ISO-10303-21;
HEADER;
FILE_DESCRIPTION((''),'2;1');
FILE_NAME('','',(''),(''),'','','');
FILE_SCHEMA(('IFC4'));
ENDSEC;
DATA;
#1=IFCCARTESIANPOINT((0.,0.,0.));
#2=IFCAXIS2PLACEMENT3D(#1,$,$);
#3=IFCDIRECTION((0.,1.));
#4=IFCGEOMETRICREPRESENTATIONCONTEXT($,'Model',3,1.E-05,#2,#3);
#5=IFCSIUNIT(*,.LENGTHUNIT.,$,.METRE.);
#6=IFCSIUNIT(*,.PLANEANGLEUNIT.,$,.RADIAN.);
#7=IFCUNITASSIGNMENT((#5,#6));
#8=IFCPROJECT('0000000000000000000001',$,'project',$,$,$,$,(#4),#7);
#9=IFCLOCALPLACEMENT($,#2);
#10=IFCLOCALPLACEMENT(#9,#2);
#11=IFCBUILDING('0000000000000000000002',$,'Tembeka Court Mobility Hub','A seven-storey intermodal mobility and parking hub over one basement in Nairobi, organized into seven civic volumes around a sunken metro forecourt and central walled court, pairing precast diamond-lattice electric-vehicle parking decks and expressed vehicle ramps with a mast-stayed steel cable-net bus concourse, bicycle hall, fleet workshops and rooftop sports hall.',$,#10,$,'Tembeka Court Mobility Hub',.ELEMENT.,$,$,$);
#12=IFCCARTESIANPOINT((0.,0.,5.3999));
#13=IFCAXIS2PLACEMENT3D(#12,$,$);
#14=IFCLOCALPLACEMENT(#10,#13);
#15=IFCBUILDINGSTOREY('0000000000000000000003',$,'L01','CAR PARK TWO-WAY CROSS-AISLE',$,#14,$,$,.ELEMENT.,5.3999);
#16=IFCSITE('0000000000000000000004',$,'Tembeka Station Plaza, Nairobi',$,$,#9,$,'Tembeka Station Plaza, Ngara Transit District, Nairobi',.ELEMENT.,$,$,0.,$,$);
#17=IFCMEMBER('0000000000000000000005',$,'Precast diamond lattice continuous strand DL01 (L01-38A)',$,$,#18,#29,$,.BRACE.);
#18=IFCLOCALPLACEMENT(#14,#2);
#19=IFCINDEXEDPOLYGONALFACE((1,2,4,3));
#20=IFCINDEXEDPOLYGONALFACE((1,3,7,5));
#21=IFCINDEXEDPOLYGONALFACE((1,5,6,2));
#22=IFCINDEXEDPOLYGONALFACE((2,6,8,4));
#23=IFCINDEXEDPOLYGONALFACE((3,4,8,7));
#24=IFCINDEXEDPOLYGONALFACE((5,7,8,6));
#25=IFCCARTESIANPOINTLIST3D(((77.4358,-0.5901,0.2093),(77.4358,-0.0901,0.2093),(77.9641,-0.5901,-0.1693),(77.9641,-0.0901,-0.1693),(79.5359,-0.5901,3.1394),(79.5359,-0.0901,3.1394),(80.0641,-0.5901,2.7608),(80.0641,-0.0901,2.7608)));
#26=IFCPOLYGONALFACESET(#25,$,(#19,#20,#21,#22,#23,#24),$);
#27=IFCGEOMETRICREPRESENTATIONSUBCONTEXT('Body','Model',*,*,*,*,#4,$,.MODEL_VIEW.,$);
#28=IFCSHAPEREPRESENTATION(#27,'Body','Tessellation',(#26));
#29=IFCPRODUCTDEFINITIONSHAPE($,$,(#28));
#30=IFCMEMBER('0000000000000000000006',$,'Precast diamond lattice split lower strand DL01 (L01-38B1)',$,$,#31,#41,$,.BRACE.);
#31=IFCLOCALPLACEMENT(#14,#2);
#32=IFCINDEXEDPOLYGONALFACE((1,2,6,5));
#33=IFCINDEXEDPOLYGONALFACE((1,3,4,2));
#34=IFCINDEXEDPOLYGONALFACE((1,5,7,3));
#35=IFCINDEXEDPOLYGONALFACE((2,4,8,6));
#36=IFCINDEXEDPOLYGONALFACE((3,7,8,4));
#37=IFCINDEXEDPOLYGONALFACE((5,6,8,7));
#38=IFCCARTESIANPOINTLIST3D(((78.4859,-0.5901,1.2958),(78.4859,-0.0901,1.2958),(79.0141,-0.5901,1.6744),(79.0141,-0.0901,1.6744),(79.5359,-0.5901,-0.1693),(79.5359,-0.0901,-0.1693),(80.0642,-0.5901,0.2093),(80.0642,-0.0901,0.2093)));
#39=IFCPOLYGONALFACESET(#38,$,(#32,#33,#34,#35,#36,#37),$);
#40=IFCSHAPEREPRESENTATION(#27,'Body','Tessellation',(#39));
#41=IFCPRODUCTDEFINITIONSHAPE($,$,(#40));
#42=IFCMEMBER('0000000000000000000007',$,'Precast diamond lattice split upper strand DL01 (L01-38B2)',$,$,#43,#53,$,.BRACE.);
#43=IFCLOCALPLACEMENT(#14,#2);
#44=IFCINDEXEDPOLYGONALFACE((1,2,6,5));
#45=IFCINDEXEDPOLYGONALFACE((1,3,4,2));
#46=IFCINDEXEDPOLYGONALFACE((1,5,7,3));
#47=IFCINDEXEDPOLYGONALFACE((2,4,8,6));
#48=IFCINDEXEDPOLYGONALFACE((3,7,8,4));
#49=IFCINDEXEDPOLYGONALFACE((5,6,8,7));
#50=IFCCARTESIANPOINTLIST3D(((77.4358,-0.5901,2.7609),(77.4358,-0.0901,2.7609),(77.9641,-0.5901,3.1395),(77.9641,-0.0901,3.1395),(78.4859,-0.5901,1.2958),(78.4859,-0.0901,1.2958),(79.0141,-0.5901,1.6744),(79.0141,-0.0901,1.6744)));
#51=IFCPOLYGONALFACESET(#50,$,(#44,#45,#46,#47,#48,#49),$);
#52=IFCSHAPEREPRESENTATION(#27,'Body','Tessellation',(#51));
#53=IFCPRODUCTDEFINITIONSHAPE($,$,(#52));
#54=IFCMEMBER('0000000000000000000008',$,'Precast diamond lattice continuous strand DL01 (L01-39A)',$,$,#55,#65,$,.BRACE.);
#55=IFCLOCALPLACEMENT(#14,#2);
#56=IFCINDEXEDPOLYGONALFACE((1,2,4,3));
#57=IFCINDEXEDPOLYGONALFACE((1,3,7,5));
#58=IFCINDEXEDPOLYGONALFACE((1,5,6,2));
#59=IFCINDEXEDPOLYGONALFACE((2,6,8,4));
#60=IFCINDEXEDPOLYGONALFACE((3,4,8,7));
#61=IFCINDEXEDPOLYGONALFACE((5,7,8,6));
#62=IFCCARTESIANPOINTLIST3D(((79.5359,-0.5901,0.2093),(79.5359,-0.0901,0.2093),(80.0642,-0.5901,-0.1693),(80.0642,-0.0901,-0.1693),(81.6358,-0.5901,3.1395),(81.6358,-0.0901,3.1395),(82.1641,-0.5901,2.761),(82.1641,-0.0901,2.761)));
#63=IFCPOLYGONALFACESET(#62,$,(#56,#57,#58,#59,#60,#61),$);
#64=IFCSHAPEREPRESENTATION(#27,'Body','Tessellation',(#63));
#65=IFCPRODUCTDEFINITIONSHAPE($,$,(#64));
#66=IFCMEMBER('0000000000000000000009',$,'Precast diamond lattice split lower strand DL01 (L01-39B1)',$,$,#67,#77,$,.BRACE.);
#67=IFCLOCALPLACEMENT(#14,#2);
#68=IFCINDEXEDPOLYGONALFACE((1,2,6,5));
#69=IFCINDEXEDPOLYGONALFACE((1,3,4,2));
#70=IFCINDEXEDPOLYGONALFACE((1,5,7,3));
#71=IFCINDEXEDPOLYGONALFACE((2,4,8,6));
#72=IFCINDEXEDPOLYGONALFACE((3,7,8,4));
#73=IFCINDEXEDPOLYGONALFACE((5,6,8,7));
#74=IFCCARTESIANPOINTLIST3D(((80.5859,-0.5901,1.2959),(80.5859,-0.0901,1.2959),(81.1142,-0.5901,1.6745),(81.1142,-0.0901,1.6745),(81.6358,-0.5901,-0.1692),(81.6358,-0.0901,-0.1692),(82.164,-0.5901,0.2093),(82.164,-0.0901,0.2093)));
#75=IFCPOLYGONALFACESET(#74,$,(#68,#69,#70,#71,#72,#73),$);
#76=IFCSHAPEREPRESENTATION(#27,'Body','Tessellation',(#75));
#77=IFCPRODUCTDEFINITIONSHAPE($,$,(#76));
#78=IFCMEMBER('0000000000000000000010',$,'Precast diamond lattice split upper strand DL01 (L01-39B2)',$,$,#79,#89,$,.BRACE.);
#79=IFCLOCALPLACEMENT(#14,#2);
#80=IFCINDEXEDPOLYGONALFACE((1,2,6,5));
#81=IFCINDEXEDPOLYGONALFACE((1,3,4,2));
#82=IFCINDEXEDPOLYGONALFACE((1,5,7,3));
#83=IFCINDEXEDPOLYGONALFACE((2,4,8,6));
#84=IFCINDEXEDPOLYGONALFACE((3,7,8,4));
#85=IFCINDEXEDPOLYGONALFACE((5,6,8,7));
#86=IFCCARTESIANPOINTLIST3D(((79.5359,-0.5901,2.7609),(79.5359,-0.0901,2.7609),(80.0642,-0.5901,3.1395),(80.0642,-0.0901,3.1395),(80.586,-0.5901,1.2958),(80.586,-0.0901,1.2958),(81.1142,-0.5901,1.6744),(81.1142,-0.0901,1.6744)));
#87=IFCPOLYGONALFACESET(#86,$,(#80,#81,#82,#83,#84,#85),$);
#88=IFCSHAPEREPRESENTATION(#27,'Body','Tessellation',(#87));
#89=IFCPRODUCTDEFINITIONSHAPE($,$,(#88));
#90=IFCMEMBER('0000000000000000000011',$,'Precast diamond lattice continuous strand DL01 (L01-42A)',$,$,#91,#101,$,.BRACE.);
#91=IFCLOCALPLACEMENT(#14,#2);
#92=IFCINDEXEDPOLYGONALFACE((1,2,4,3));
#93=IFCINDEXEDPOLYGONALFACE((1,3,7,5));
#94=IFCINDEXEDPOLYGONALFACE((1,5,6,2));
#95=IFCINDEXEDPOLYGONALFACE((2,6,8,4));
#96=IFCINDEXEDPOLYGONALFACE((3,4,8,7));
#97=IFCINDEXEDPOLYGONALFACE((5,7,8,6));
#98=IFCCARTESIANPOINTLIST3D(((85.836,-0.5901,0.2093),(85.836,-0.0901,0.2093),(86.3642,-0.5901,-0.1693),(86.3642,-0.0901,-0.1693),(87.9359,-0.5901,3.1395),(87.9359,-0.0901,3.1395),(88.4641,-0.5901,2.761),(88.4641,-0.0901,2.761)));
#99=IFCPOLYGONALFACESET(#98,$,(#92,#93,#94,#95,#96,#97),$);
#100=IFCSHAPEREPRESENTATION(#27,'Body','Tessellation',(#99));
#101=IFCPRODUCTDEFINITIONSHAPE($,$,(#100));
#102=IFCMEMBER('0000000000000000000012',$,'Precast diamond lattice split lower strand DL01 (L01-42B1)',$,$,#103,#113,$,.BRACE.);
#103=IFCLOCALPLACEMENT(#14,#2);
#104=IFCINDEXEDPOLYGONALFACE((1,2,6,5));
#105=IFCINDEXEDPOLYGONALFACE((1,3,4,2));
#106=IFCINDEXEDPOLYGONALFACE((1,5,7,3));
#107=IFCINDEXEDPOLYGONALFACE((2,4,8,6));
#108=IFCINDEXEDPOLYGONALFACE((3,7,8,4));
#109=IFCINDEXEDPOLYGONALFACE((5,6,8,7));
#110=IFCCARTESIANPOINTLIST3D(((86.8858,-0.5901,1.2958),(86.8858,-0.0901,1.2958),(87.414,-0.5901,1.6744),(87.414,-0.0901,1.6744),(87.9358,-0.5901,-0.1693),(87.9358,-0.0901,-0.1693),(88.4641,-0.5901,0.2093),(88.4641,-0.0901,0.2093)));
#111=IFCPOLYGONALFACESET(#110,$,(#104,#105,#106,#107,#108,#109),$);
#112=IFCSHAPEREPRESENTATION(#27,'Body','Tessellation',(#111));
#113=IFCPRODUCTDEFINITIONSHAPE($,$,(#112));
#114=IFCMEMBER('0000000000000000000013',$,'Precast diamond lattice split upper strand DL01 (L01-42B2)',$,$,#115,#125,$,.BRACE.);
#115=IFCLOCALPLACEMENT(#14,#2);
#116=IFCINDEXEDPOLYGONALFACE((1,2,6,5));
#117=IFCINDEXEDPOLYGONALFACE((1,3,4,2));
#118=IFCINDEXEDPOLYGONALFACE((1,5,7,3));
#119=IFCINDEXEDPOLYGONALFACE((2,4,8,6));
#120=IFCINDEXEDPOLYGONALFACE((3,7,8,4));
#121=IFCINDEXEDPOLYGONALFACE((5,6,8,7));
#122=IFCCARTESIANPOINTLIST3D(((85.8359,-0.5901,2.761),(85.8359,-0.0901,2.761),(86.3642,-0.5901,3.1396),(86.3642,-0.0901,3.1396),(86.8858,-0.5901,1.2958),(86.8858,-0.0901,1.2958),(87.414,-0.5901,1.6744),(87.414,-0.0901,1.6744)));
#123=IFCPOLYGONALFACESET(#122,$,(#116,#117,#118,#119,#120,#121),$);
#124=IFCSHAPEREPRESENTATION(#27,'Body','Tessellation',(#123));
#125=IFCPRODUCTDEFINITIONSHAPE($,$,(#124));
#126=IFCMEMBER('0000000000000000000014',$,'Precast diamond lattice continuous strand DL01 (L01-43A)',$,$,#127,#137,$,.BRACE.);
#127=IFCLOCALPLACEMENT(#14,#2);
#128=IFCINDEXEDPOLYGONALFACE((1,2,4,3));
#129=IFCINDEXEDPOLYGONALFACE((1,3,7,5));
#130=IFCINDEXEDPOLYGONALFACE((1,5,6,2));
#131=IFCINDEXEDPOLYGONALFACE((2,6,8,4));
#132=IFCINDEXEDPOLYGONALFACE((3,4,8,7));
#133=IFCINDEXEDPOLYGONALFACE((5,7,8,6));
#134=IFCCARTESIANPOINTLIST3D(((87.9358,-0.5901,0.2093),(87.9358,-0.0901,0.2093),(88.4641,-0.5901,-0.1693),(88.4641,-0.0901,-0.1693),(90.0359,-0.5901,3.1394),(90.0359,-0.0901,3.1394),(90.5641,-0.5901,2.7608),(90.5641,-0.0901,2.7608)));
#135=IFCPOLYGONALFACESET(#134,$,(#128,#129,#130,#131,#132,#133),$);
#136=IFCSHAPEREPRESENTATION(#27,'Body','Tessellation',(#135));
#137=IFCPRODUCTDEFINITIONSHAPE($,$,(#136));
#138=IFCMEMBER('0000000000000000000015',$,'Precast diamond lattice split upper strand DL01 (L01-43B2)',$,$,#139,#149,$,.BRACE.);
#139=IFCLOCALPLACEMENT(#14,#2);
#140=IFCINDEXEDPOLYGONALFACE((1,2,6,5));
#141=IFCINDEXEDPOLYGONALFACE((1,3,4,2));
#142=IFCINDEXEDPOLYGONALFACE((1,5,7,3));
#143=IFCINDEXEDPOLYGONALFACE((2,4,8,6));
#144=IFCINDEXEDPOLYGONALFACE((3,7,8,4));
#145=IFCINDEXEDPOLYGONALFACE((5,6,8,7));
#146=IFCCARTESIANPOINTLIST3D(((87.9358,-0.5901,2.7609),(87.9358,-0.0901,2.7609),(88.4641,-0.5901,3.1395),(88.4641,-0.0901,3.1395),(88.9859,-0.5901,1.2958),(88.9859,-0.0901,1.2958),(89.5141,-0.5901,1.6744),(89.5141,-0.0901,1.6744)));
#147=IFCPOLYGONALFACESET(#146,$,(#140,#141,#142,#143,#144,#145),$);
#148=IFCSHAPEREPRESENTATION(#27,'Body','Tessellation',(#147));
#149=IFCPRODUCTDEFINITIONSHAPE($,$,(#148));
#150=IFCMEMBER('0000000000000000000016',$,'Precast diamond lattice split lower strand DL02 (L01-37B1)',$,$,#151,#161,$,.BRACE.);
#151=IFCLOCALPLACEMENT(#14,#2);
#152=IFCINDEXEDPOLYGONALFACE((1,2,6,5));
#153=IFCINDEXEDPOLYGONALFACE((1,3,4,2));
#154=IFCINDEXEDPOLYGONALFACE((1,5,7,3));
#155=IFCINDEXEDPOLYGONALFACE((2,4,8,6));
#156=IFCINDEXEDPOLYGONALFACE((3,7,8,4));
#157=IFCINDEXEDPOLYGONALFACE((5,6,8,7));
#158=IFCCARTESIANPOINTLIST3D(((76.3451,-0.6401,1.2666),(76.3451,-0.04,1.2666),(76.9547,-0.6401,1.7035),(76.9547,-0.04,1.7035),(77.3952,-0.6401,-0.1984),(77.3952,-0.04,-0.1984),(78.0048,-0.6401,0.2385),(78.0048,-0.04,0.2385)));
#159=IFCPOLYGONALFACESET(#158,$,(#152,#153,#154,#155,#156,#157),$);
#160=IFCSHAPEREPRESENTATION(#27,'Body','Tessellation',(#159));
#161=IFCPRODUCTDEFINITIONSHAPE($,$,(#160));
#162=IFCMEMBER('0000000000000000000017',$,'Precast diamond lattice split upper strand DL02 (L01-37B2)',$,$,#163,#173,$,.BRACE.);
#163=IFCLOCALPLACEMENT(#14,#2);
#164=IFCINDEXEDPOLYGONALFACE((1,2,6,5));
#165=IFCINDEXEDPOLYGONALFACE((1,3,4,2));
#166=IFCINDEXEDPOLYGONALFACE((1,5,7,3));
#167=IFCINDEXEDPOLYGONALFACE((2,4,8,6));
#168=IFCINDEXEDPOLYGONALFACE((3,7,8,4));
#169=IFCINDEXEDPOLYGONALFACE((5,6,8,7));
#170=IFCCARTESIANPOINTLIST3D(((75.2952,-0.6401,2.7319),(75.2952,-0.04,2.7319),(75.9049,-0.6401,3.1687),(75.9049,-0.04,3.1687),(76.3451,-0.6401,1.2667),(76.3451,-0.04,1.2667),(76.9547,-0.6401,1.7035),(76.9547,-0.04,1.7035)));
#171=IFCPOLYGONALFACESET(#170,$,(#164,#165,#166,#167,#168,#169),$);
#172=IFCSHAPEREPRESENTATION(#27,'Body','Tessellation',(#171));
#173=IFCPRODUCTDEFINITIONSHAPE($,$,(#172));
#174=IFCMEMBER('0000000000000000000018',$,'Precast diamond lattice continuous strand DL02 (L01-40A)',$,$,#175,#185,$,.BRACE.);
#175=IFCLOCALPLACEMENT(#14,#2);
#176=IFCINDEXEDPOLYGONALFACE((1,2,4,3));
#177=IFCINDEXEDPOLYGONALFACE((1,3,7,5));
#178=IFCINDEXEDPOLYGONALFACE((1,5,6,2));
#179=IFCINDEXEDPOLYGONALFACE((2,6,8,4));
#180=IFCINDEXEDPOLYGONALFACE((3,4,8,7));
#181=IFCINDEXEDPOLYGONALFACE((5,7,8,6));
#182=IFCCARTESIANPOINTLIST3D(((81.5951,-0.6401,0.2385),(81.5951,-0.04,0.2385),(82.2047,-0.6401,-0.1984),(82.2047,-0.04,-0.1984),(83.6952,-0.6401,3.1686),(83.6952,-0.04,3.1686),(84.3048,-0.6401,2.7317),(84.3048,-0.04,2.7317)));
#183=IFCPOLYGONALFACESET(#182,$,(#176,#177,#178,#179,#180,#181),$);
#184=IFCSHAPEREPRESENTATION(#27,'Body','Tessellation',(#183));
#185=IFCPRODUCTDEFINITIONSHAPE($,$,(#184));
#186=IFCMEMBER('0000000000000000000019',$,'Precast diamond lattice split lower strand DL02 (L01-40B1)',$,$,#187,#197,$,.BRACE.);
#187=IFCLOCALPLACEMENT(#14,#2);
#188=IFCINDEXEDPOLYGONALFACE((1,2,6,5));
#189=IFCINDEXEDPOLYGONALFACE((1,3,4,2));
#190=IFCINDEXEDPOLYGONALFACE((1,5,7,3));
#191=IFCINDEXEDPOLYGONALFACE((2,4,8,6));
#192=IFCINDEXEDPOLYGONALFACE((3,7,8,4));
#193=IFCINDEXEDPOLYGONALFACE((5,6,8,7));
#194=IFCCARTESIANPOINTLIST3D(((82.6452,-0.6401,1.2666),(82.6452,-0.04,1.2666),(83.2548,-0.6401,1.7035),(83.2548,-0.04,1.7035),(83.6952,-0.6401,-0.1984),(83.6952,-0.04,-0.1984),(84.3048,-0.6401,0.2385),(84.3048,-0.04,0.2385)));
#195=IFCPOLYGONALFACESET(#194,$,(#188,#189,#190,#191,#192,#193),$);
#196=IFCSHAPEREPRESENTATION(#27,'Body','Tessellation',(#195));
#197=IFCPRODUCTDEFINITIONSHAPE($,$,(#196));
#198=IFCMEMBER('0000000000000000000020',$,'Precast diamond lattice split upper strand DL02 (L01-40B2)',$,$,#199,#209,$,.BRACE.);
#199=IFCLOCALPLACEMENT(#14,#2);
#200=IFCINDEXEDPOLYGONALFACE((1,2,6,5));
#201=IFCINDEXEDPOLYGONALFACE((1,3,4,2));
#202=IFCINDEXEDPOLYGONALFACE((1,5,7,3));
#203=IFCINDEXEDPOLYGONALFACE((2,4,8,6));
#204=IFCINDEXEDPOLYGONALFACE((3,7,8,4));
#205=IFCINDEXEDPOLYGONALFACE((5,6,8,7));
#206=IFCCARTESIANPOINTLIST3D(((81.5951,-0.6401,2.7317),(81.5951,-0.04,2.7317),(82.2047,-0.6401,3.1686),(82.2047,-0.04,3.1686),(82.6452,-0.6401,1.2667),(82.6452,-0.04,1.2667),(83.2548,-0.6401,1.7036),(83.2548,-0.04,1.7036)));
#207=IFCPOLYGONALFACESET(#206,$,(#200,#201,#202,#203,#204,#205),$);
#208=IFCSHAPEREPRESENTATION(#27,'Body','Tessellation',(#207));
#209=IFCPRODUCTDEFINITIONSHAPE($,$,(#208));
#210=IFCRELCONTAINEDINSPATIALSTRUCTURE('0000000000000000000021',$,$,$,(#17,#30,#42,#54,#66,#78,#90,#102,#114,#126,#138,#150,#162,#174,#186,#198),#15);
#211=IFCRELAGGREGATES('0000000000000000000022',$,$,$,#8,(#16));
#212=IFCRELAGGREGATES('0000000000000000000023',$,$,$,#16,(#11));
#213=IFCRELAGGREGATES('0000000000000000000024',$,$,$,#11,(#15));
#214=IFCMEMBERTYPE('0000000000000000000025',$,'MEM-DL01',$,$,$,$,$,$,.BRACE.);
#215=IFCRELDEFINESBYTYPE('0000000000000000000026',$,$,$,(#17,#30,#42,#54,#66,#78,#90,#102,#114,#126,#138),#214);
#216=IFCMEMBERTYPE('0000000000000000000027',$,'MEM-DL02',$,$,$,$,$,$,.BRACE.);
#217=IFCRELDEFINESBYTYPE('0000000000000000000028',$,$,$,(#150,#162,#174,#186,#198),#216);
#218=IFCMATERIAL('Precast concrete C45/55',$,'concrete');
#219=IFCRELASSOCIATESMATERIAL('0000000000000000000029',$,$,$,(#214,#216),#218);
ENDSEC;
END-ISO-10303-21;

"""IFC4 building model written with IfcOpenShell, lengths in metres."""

from ifc_helpers import new_model, si_unit, direction, frame, origin, origin_2d, place, context, subcontext, project, spatial, rectangle, extrude, material, material_profile, profile_set, type_object, element, save


model = new_model("IFC4")

# Units and contexts
model_context = context("Model", 3, precision=1e-05, world=origin(), true_north=direction((0.0, 1.0)))
body_context = subcontext(model_context, "Body", "Model", "MODEL_VIEW")
ifc_project = project(units=[si_unit("LENGTHUNIT", "METRE"), si_unit("PLANEANGLEUNIT", "RADIAN")], contexts=[model_context])

# Site, building, storey
site_placement = place(None, origin())
site = spatial("IfcSite", under=ifc_project, at=site_placement, Name="Tembeka Station Plaza, Nairobi", LongName="Tembeka Station Plaza, Ngara Transit District, Nairobi", CompositionType="ELEMENT", RefElevation=0.0)
building_placement = place(site_placement, origin())
building = spatial("IfcBuilding", under=site, at=building_placement, Name="Tembeka Court Mobility Hub", Description="A seven-storey intermodal mobility and parking hub over one basement in Nairobi, organized into seven civic volumes around a sunken metro forecourt and central walled court, pairing precast diamond-lattice electric-vehicle parking decks and expressed vehicle ramps with a mast-stayed steel cable-net bus concourse, bicycle hall, fleet workshops and rooftop sports hall.", LongName="Tembeka Court Mobility Hub", CompositionType="ELEMENT")
storey_placement = place(building_placement, frame((0.0, 0.0, 5.3999)))
storey = spatial("IfcBuildingStorey", under=building, at=storey_placement, Name="L01", Description="CAR PARK TWO-WAY CROSS-AISLE", CompositionType="ELEMENT", Elevation=5.3999)

# Members
ifc_material = material(Name="Precast concrete C45/55", Category="concrete")
ifc_material_profile_1 = material_profile(ifc_material, rectangle(XDim=0.5, YDim=0.6499, at=origin_2d()), Name="PC-DIAG 500x650")
ifc_profile_set_1 = profile_set([ifc_material_profile_1], Name="Precast concrete C45/55")
member_type_1 = type_object("IfcMemberType", Name="MEM-DL01", PredefinedType="BRACE", material=ifc_profile_set_1)
member_1_placement = place(storey_placement, frame((77.7, -0.3401, 0.02), z_axis=(0.582544, 0.0, 0.812799), x_axis=(0.0, 1.0, 0.0)))
element("IfcMember", 1, at=member_1_placement, inside=storey, type_object=member_type_1, Name="Precast diamond lattice continuous strand DL01 (L01-38A)", PredefinedType="BRACE", context=body_context, shape_type="SweptSolid", body=[
    extrude(rectangle(XDim=0.5, YDim=0.6499, at=origin_2d()), origin(), (0.0, 0.0, 1.0), 3.605),
])
for number, where, z_axis, x_axis, name in (
    (2, (79.8, -0.3401, 0.02), (-0.582544, 0.0, 0.812799), (0.0, -1.0, 0.0), "Precast diamond lattice split lower strand DL01 (L01-38B1)"),
    (3, (78.75, -0.3401, 1.4851), (-0.582544, 0.0, 0.812799), (0.0, -1.0, 0.0), "Precast diamond lattice split upper strand DL01 (L01-38B2)"),
):
    element("IfcMember", number, at=place(storey_placement, frame(where, z_axis=z_axis, x_axis=x_axis)), inside=storey, type_object=member_type_1, Name=name, PredefinedType="BRACE", context=body_context, shape_type="SweptSolid", body=[
        extrude(rectangle(XDim=0.5, YDim=0.6499, at=origin_2d()), origin(), (0.0, 0.0, 1.0), 1.8025),
    ])
member_2_placement = place(storey_placement, frame((79.8, -0.3401, 0.02), z_axis=(0.5825, 0.0, 0.812831), x_axis=(0.0, 1.0, 0.0)))
element("IfcMember", 4, at=member_2_placement, inside=storey, type_object=member_type_1, Name="Precast diamond lattice continuous strand DL01 (L01-39A)", PredefinedType="BRACE", context=body_context, shape_type="SweptSolid", body=[
    extrude(rectangle(XDim=0.5, YDim=0.6499, at=origin_2d()), origin(), (0.0, 0.0, 1.0), 3.605),
])
for number, where, z_axis, x_axis, name in (
    (5, (81.8999, -0.3401, 0.02), (-0.582455, 0.0, 0.812863), (0.0, -1.0, 0.0), "Precast diamond lattice split lower strand DL01 (L01-39B1)"),
    (6, (80.8501, -0.3401, 1.4851), (-0.582544, 0.0, 0.812799), (0.0, -1.0, 0.0), "Precast diamond lattice split upper strand DL01 (L01-39B2)"),
):
    element("IfcMember", number, at=place(storey_placement, frame(where, z_axis=z_axis, x_axis=x_axis)), inside=storey, type_object=member_type_1, Name=name, PredefinedType="BRACE", context=body_context, shape_type="SweptSolid", body=[
        extrude(rectangle(XDim=0.5, YDim=0.6499, at=origin_2d()), origin(), (0.0, 0.0, 1.0), 1.8025),
    ])
member_3_placement = place(storey_placement, frame((86.1001, -0.3401, 0.02), z_axis=(0.5825, 0.0, 0.812831), x_axis=(0.0, 1.0, 0.0)))
element("IfcMember", 7, at=member_3_placement, inside=storey, type_object=member_type_1, Name="Precast diamond lattice continuous strand DL01 (L01-42A)", PredefinedType="BRACE", context=body_context, shape_type="SweptSolid", body=[
    extrude(rectangle(XDim=0.5, YDim=0.6499, at=origin_2d()), origin(), (0.0, 0.0, 1.0), 3.605),
])
for number, where, z_axis, x_axis, name in (
    (8, (88.2, -0.3401, 0.02), (-0.582544, 0.0, 0.812799), (0.0, -1.0, 0.0), "Precast diamond lattice split lower strand DL01 (L01-42B1)"),
    (9, (87.1499, -0.3401, 1.4851), (-0.582455, 0.0, 0.812863), (0.0, -1.0, 0.0), "Precast diamond lattice split upper strand DL01 (L01-42B2)"),
):
    element("IfcMember", number, at=place(storey_placement, frame(where, z_axis=z_axis, x_axis=x_axis)), inside=storey, type_object=member_type_1, Name=name, PredefinedType="BRACE", context=body_context, shape_type="SweptSolid", body=[
        extrude(rectangle(XDim=0.5, YDim=0.6499, at=origin_2d()), origin(), (0.0, 0.0, 1.0), 1.8025),
    ])
member_4_placement = place(storey_placement, frame((88.2, -0.3401, 0.02), z_axis=(0.582544, 0.0, 0.812799), x_axis=(0.0, 1.0, 0.0)))
element("IfcMember", 10, at=member_4_placement, inside=storey, type_object=member_type_1, Name="Precast diamond lattice continuous strand DL01 (L01-43A)", PredefinedType="BRACE", context=body_context, shape_type="SweptSolid", body=[
    extrude(rectangle(XDim=0.5, YDim=0.6499, at=origin_2d()), origin(), (0.0, 0.0, 1.0), 3.605),
])
member_5_placement = place(storey_placement, frame((89.25, -0.3401, 1.4851), z_axis=(-0.582544, 0.0, 0.812799), x_axis=(0.0, -1.0, 0.0)))
element("IfcMember", 11, at=member_5_placement, inside=storey, type_object=member_type_1, Name="Precast diamond lattice split upper strand DL01 (L01-43B2)", PredefinedType="BRACE", context=body_context, shape_type="SweptSolid", body=[
    extrude(rectangle(XDim=0.5, YDim=0.6499, at=origin_2d()), origin(), (0.0, 0.0, 1.0), 1.8025),
])
ifc_material_profile_2 = material_profile(ifc_material, rectangle(XDim=0.6001, YDim=0.75, at=origin_2d()), Name="PC-DIAG 600x750")
ifc_profile_set_2 = profile_set([ifc_material_profile_2], Name="Precast concrete C45/55")
member_type_2 = type_object("IfcMemberType", Name="MEM-DL02", PredefinedType="BRACE", material=ifc_profile_set_2)
for number, where, z_axis, x_axis, name in (
    (12, (77.7, -0.3401, 0.02), (-0.582544, 0.0, 0.812799), (0.0, -1.0, 0.0), "Precast diamond lattice split lower strand DL02 (L01-37B1)"),
    (13, (76.6499, -0.3401, 1.4851), (-0.582455, 0.0, 0.812863), (0.0, -1.0, 0.0), "Precast diamond lattice split upper strand DL02 (L01-37B2)"),
):
    element("IfcMember", number, at=place(storey_placement, frame(where, z_axis=z_axis, x_axis=x_axis)), inside=storey, type_object=member_type_2, Name=name, PredefinedType="BRACE", context=body_context, shape_type="SweptSolid", body=[
        extrude(rectangle(XDim=0.6001, YDim=0.75, at=origin_2d()), origin(), (0.0, 0.0, 1.0), 1.8025),
    ])
member_6_placement = place(storey_placement, frame((81.8999, -0.3401, 0.02), z_axis=(0.582544, 0.0, 0.812799), x_axis=(0.0, 1.0, 0.0)))
element("IfcMember", 14, at=member_6_placement, inside=storey, type_object=member_type_2, Name="Precast diamond lattice continuous strand DL02 (L01-40A)", PredefinedType="BRACE", context=body_context, shape_type="SweptSolid", body=[
    extrude(rectangle(XDim=0.6001, YDim=0.75, at=origin_2d()), origin(), (0.0, 0.0, 1.0), 3.605),
])
for number, where, z_axis, x_axis, name in (
    (15, (84.0, -0.3401, 0.02), (-0.582544, 0.0, 0.812799), (0.0, -1.0, 0.0), "Precast diamond lattice split lower strand DL02 (L01-40B1)"),
    (16, (82.95, -0.3401, 1.4851), (-0.582544, 0.0, 0.812799), (0.0, -1.0, 0.0), "Precast diamond lattice split upper strand DL02 (L01-40B2)"),
):
    element("IfcMember", number, at=place(storey_placement, frame(where, z_axis=z_axis, x_axis=x_axis)), inside=storey, type_object=member_type_2, Name=name, PredefinedType="BRACE", context=body_context, shape_type="SweptSolid", body=[
        extrude(rectangle(XDim=0.6001, YDim=0.75, at=origin_2d()), origin(), (0.0, 0.0, 1.0), 1.8025),
    ])

save(model, "model.ifc")
